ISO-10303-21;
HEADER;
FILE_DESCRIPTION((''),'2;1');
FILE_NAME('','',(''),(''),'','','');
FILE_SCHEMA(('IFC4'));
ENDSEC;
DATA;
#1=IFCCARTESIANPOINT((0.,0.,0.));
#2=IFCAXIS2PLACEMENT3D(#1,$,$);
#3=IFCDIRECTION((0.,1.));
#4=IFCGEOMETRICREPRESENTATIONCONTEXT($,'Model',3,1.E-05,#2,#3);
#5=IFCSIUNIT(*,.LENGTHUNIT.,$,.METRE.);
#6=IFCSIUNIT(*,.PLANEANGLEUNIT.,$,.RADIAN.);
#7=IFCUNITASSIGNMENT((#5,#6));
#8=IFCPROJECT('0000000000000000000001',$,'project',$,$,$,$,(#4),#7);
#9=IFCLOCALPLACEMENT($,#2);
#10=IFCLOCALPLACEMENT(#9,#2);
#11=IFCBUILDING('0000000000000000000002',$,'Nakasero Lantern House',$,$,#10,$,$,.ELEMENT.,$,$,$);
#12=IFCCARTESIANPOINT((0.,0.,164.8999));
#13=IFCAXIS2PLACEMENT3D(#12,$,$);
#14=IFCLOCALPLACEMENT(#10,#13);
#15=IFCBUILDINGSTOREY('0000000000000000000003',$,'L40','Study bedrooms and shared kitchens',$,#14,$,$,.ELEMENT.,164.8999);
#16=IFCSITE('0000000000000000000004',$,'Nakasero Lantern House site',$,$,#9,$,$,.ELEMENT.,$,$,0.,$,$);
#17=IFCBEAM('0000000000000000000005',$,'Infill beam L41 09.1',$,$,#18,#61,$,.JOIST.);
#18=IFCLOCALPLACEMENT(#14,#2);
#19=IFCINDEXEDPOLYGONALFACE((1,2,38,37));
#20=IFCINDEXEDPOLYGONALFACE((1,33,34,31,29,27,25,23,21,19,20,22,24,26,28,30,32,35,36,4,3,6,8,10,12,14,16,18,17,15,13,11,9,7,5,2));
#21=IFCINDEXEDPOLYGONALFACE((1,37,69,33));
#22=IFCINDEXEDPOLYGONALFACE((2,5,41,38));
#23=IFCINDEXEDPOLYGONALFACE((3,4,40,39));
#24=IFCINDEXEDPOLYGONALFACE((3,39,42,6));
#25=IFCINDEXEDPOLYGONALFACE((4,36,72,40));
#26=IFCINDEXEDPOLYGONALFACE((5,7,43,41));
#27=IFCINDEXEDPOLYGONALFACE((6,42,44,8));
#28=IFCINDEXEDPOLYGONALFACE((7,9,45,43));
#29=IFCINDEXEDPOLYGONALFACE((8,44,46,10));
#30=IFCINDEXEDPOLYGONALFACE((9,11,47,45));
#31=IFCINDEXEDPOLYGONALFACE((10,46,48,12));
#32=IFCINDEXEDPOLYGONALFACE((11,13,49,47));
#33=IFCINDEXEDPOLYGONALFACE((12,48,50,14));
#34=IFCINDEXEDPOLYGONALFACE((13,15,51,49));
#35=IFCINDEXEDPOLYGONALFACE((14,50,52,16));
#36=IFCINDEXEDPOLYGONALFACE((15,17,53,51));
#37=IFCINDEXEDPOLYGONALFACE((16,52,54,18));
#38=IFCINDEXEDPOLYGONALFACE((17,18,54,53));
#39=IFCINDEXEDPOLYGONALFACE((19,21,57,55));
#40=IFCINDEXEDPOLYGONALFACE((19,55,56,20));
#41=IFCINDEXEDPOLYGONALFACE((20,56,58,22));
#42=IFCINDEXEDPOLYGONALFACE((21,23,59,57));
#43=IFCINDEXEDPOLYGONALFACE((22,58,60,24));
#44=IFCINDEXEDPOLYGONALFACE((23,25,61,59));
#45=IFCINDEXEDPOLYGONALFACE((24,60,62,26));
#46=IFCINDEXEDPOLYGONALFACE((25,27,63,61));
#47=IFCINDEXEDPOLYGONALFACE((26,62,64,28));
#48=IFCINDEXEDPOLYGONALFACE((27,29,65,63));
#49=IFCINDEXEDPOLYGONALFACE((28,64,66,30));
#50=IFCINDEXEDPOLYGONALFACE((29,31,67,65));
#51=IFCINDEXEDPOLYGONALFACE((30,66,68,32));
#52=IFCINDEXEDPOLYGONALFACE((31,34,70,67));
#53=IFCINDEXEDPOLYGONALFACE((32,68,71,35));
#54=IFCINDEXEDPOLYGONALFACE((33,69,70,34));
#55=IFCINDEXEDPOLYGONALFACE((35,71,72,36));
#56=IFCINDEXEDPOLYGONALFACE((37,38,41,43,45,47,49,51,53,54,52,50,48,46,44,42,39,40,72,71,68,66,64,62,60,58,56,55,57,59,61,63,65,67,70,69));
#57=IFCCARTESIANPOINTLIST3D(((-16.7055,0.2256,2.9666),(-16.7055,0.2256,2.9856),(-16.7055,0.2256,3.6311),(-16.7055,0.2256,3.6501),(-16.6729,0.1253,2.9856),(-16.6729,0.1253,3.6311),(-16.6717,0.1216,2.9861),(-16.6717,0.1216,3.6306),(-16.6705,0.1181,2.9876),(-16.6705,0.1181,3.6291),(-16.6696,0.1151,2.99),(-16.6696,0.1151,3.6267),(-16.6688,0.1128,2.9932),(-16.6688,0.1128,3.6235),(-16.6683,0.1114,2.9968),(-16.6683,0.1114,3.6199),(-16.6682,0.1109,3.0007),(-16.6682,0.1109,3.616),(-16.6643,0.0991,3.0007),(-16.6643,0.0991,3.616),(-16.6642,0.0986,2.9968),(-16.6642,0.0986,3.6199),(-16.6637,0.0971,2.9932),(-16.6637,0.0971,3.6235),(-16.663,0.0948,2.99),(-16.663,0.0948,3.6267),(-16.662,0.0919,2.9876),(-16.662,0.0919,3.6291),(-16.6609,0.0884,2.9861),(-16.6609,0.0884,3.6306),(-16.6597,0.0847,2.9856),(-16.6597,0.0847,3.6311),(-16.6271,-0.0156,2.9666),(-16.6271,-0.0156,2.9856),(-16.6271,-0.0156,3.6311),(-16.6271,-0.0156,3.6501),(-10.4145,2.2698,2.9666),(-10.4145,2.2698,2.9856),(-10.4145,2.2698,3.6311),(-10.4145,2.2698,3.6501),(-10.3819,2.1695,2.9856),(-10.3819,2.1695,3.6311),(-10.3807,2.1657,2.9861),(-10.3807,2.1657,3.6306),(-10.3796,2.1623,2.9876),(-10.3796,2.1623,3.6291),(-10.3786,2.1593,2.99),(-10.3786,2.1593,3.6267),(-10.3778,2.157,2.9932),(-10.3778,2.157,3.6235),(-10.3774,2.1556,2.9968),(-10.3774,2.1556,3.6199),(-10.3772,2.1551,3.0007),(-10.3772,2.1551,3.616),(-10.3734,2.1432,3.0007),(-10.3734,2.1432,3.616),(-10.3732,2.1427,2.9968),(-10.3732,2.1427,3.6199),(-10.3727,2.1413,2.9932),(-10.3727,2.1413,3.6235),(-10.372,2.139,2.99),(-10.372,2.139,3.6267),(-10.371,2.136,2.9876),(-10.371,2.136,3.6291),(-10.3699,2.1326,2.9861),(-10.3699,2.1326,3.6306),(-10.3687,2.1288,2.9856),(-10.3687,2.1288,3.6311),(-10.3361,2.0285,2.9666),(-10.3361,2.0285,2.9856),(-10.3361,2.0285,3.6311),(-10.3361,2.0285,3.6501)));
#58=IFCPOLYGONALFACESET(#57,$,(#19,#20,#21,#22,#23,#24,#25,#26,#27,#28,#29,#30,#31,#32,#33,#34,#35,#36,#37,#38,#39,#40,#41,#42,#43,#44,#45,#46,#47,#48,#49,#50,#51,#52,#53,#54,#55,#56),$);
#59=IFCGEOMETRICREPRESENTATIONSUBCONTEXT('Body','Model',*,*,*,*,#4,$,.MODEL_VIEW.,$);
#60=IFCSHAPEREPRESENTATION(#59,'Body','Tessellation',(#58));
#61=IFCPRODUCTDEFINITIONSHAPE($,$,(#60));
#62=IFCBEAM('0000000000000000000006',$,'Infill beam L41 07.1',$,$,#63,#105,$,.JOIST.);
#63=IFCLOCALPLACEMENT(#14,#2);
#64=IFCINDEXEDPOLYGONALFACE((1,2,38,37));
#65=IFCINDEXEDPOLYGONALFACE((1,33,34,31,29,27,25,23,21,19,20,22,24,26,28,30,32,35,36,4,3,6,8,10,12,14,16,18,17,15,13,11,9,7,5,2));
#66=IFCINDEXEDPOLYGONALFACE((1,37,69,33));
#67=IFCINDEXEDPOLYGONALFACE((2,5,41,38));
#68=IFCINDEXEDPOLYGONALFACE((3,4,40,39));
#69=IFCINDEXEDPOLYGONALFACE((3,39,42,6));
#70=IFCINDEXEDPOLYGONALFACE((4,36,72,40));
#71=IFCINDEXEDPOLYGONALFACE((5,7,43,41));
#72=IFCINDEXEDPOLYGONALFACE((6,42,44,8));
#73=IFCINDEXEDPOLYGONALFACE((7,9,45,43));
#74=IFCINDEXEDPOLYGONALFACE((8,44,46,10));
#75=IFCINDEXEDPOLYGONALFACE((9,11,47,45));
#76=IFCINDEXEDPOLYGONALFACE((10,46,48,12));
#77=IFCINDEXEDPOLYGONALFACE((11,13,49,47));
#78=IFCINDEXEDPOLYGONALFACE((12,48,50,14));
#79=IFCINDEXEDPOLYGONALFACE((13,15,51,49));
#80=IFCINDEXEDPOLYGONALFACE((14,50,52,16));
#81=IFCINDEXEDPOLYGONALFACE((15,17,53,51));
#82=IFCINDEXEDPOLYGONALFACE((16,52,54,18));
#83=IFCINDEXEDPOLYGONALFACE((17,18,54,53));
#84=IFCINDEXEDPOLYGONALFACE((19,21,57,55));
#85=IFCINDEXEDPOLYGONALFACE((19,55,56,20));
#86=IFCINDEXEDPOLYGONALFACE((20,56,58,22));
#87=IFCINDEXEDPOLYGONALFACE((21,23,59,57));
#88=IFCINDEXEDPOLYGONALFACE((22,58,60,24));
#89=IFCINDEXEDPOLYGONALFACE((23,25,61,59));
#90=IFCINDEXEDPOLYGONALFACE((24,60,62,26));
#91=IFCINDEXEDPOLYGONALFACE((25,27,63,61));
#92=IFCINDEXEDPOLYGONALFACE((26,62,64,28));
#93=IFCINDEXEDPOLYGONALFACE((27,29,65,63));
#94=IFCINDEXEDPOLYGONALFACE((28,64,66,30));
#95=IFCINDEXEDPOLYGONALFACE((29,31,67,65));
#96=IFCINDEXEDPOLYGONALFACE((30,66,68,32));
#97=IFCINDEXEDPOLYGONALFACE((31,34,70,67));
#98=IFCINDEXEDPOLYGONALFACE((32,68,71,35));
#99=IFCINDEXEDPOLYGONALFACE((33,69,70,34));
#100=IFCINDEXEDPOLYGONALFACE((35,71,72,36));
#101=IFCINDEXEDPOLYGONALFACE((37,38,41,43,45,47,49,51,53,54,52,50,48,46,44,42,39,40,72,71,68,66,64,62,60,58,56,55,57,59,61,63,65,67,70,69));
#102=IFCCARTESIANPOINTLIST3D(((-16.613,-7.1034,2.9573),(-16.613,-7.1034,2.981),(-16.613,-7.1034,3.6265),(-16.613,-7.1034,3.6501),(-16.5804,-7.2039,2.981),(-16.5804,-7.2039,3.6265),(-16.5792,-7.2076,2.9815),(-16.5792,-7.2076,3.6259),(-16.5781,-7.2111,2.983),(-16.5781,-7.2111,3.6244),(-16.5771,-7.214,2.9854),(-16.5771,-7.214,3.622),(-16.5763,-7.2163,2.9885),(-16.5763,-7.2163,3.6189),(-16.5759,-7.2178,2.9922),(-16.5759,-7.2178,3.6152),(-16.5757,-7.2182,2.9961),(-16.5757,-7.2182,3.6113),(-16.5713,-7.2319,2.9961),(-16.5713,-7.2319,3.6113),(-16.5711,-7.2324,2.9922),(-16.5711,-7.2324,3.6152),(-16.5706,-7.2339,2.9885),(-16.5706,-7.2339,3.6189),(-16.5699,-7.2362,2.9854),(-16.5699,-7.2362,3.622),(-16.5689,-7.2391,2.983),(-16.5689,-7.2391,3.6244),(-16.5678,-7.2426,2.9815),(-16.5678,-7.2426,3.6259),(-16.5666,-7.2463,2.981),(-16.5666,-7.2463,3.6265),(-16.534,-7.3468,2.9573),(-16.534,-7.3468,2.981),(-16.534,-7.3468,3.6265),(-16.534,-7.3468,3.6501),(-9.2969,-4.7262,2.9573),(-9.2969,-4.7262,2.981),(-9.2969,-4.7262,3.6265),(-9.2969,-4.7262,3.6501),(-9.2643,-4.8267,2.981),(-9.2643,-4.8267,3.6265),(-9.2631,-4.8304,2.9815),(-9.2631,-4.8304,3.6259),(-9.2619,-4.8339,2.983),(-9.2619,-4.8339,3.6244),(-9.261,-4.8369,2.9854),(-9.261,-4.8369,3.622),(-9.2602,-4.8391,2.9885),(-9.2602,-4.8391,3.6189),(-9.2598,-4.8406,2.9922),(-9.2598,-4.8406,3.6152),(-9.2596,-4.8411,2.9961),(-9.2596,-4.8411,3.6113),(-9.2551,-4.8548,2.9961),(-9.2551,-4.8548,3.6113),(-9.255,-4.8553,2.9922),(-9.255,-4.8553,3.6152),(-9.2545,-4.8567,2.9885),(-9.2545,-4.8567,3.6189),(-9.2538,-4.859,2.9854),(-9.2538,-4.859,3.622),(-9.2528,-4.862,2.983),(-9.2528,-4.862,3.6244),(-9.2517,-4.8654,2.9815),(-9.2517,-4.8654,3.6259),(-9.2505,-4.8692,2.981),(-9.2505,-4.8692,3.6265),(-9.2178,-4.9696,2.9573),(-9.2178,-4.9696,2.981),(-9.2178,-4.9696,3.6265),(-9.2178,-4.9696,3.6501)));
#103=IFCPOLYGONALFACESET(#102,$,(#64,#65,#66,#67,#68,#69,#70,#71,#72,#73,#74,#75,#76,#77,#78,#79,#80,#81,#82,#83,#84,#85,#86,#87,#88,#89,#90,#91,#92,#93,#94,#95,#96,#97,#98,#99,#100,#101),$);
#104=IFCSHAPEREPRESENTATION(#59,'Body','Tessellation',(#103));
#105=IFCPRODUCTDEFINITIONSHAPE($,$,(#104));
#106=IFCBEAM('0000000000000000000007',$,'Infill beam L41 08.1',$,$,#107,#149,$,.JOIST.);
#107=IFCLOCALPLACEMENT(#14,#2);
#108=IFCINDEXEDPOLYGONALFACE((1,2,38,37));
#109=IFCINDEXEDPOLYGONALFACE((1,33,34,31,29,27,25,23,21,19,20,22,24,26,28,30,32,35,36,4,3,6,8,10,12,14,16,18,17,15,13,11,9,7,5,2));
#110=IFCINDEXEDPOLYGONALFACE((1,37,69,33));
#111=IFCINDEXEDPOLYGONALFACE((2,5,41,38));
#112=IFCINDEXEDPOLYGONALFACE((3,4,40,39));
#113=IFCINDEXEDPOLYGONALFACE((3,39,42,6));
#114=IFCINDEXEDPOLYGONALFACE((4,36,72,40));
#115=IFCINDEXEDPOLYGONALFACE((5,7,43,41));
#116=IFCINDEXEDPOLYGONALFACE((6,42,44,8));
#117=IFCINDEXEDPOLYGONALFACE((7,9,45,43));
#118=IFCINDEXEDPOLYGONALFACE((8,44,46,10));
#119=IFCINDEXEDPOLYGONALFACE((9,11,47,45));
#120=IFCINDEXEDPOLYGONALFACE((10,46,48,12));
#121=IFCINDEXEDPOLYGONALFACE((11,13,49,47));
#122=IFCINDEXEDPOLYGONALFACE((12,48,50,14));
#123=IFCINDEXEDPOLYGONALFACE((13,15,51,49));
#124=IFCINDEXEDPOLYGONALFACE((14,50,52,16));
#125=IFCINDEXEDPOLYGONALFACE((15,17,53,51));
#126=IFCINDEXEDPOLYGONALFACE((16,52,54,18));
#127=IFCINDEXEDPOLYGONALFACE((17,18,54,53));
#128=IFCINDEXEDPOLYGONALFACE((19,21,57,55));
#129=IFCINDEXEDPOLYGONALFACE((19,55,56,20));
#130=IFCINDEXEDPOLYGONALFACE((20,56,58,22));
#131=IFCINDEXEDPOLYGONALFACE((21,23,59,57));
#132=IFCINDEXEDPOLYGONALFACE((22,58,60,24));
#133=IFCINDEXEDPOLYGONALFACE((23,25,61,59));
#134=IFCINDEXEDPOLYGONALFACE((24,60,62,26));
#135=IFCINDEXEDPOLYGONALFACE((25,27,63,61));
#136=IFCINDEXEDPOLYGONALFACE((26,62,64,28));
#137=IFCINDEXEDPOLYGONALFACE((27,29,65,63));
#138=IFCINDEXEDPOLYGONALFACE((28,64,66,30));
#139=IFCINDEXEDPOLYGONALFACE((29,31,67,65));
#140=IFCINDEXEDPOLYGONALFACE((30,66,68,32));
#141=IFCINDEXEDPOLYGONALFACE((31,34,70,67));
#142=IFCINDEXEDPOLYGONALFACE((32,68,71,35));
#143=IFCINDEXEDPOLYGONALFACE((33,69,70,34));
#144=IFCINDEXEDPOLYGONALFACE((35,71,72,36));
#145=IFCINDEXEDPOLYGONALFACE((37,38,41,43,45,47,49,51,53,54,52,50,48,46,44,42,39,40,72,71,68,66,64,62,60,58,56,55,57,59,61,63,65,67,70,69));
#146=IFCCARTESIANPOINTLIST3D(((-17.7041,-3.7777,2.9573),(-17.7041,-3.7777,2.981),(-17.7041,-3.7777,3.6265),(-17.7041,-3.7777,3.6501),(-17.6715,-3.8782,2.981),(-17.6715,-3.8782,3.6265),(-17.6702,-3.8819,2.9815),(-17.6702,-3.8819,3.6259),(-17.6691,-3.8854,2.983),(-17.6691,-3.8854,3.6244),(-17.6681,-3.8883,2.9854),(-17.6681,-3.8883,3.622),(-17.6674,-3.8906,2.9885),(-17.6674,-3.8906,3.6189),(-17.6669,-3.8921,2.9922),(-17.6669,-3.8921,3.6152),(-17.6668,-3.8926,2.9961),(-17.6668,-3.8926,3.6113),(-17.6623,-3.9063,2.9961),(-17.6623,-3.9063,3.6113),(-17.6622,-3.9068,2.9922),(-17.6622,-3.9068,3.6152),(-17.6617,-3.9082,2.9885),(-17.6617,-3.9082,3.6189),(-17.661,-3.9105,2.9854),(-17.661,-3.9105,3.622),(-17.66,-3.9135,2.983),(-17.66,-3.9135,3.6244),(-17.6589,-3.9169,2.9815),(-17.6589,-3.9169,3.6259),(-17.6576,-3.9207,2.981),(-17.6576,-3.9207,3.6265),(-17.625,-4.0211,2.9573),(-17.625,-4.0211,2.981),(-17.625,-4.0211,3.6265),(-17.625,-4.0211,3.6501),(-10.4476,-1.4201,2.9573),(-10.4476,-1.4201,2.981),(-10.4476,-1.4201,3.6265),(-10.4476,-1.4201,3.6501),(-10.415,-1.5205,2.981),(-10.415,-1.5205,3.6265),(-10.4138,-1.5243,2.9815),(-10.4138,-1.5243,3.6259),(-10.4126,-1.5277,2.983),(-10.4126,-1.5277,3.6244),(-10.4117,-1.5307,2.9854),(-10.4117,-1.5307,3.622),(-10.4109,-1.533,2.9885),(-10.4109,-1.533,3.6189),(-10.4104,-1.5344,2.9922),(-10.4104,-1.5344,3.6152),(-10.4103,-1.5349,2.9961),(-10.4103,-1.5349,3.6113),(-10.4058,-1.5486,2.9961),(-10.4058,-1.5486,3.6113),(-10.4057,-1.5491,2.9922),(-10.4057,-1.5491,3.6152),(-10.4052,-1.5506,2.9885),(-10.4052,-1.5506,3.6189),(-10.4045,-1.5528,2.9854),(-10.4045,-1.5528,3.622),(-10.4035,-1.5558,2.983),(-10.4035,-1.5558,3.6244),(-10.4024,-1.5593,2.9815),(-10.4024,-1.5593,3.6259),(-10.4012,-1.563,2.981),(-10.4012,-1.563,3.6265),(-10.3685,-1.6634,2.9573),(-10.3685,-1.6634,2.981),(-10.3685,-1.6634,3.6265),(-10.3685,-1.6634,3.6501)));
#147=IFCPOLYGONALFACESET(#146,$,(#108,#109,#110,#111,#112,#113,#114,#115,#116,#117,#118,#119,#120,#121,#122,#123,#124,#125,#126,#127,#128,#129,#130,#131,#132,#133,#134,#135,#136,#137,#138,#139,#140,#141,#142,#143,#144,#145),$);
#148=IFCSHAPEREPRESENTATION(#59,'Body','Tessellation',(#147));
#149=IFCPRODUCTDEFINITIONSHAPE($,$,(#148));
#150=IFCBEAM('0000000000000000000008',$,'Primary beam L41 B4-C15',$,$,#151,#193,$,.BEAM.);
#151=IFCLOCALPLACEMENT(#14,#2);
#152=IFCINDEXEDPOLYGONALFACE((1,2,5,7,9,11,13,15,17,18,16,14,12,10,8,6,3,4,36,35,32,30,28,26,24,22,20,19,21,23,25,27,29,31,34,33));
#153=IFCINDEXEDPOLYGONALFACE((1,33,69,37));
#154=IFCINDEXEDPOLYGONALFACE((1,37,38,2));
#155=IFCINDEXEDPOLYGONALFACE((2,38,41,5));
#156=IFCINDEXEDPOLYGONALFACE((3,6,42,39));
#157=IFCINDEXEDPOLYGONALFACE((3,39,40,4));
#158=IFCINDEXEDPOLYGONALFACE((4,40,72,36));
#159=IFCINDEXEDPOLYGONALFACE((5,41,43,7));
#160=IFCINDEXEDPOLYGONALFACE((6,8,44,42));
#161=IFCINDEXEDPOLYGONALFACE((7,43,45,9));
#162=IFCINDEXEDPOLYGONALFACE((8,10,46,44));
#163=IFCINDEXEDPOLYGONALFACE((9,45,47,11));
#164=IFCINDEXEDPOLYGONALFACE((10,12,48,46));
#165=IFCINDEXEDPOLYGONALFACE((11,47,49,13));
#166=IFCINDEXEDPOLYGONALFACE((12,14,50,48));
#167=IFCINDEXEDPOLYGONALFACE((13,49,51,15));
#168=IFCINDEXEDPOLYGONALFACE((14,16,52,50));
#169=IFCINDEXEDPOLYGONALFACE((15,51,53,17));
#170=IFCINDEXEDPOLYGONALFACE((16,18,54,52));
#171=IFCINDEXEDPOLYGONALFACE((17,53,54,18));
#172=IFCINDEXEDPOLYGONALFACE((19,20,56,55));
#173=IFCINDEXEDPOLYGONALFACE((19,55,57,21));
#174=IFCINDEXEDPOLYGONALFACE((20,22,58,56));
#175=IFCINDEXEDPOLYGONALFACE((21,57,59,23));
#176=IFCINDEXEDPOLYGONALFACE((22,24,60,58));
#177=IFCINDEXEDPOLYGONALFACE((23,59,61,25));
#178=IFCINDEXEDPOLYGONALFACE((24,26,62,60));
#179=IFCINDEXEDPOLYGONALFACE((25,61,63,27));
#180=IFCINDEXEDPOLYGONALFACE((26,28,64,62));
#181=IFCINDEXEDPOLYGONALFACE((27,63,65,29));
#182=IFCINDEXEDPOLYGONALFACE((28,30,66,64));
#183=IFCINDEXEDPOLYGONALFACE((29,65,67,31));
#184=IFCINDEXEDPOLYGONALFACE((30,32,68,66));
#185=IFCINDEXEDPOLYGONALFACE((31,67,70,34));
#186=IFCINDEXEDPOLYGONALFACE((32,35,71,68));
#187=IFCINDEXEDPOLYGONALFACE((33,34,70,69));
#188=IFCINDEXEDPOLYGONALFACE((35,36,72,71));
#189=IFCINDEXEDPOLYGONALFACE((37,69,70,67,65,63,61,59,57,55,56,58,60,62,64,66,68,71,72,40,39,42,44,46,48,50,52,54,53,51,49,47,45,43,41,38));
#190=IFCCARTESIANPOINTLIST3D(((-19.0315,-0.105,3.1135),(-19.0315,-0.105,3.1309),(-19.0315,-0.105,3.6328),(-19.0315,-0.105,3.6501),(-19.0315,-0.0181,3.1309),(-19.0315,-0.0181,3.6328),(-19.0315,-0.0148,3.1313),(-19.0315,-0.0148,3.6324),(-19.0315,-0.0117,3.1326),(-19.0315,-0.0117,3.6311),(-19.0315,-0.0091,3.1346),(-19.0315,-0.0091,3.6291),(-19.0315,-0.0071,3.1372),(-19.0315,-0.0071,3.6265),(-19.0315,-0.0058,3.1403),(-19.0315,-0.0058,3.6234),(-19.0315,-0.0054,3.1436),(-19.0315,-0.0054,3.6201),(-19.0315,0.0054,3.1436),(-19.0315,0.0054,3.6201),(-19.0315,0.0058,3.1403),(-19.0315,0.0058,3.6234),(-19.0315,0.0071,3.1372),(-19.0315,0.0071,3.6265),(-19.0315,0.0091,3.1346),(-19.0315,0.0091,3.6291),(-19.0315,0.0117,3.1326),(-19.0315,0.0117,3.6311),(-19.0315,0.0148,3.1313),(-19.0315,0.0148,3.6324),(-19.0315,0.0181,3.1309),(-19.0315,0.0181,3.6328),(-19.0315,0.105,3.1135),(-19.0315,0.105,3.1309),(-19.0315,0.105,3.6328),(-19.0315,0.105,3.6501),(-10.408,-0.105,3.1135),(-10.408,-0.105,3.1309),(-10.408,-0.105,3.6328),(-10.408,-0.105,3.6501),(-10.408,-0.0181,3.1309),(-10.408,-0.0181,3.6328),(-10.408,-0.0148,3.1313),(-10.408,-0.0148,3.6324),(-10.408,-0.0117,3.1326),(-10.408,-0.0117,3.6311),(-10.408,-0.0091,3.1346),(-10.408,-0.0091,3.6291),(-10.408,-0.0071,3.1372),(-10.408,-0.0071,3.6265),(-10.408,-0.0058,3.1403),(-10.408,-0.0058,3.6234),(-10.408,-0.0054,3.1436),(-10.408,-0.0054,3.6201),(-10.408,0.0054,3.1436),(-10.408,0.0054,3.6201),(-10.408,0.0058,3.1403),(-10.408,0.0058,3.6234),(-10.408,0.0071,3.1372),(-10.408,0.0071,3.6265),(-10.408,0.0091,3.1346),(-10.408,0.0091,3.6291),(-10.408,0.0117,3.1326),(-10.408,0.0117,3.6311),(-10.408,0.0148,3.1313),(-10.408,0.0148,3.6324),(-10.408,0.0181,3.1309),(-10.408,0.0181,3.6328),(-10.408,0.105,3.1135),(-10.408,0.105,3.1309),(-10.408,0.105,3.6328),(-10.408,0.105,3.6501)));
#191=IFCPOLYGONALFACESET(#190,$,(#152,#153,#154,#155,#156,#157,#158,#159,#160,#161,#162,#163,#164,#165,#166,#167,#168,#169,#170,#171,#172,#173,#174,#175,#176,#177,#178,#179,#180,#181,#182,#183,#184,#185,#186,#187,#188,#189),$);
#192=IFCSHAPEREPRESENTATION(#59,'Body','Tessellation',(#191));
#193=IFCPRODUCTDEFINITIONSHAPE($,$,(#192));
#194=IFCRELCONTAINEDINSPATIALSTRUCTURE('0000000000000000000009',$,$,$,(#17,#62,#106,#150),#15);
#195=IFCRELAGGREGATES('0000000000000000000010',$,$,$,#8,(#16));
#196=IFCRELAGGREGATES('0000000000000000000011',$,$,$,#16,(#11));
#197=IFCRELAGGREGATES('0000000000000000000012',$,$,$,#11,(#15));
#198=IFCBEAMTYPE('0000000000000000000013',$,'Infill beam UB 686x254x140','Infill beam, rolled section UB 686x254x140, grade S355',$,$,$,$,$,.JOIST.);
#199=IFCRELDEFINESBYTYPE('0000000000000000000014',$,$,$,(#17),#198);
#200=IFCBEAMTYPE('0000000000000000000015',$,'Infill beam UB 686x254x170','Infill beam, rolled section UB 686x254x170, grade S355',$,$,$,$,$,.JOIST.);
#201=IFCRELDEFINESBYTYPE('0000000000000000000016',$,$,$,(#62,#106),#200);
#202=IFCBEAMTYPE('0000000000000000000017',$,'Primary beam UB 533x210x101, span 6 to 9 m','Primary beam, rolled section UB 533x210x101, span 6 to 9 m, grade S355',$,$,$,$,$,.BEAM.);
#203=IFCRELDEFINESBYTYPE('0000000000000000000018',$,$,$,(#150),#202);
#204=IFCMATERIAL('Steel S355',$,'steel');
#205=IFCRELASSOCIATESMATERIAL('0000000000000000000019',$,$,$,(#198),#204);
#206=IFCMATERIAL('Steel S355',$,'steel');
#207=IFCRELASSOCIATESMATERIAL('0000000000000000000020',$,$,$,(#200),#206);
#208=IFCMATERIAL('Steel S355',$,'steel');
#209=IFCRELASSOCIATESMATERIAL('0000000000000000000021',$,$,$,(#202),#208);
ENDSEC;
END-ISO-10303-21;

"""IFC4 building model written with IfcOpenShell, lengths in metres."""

from ifc_helpers import new_model, si_unit, direction, frame, origin, origin_2d, place, context, subcontext, project, spatial, i_section, extrude, material, material_profile, profile_set, type_object, element, save


model = new_model("IFC4")

# Units and contexts
model_context = context("Model", 3, precision=1e-05, world=origin(), true_north=direction((0.0, 1.0)))
body_context = subcontext(model_context, "Body", "Model", "MODEL_VIEW")
ifc_project = project(units=[si_unit("LENGTHUNIT", "METRE"), si_unit("PLANEANGLEUNIT", "RADIAN")], contexts=[model_context])

# Site, building, storey
site_placement = place(None, origin())
site = spatial("IfcSite", under=ifc_project, at=site_placement, Name="Nakasero Lantern House site", CompositionType="ELEMENT", RefElevation=0.0)
building_placement = place(site_placement, origin())
building = spatial("IfcBuilding", under=site, at=building_placement, Name="Nakasero Lantern House", CompositionType="ELEMENT")
storey_placement = place(building_placement, frame((0.0, 0.0, 164.8999)))
storey = spatial("IfcBuildingStorey", under=building, at=storey_placement, Name="L40", Description="Study bedrooms and shared kitchens", CompositionType="ELEMENT", Elevation=164.8999)

# Beams
ifc_material_1 = material(Name="Steel S355", Category="steel")
ifc_material_profile_1 = material_profile(ifc_material_1, i_section(OverallWidth=0.2537, OverallDepth=0.6836, WebThickness=0.0125, FlangeThickness=0.019, FilletRadius=0.0151, at=origin_2d()), Name="UB 686x254x140")
ifc_profile_set_1 = profile_set([ifc_material_profile_1], Name="Steel S355")
beam_type_1 = type_object("IfcBeamType", Name="Infill beam UB 686x254x140", Description="Infill beam, rolled section UB 686x254x140, grade S355", PredefinedType="JOIST", material=ifc_profile_set_1)
beam_1_placement = place(storey_placement, frame((-16.6663, 0.105, 3.3083), z_axis=(0.951051, 0.309033, 0.0), x_axis=(-0.309033, 0.951051, 0.0)))
element("IfcBeam", 1, at=beam_1_placement, inside=storey, type_object=beam_type_1, Name="Infill beam L41 09.1", PredefinedType="JOIST", context=body_context, shape_type="SweptSolid", body=[
    extrude(i_section(OverallWidth=0.2537, OverallDepth=0.6836, WebThickness=0.0125, FlangeThickness=0.019, FilletRadius=0.0151, at=origin_2d()), origin(), (0.0, 0.0, 1.0), 6.6147),
])
ifc_material_2 = material(Name="Steel S355", Category="steel")
ifc_material_profile_2 = material_profile(ifc_material_2, i_section(OverallWidth=0.2559, OverallDepth=0.6929, WebThickness=0.0144, FlangeThickness=0.0237, FilletRadius=0.0151, at=origin_2d()), Name="UB 686x254x170")
ifc_profile_set_2 = profile_set([ifc_material_profile_2], Name="Steel S355")
beam_type_2 = type_object("IfcBeamType", Name="Infill beam UB 686x254x170", Description="Infill beam, rolled section UB 686x254x170, grade S355", PredefinedType="JOIST", material=ifc_profile_set_2)
beam_2_placement = place(storey_placement, frame((-16.5735, -7.2251, 3.3037), z_axis=(0.951055, 0.309021, 0.0), x_axis=(-0.309021, 0.951055, 0.0)))
element("IfcBeam", 2, at=beam_2_placement, inside=storey, type_object=beam_type_2, Name="Infill beam L41 07.1", PredefinedType="JOIST", context=body_context, shape_type="SweptSolid", body=[
    extrude(i_section(OverallWidth=0.2559, OverallDepth=0.6929, WebThickness=0.0144, FlangeThickness=0.0237, FilletRadius=0.0151, at=origin_2d()), origin(), (0.0, 0.0, 1.0), 7.6926),
])
beam_3_placement = place(storey_placement, frame((-17.6646, -3.8994, 3.3037), z_axis=(0.951062, 0.309, 0.0), x_axis=(-0.309, 0.951062, 0.0)))
element("IfcBeam", 3, at=beam_3_placement, inside=storey, type_object=beam_type_2, Name="Infill beam L41 08.1", PredefinedType="JOIST", context=body_context, shape_type="SweptSolid", body=[
    extrude(i_section(OverallWidth=0.2559, OverallDepth=0.6929, WebThickness=0.0144, FlangeThickness=0.0237, FilletRadius=0.0151, at=origin_2d()), origin(), (0.0, 0.0, 1.0), 7.6299),
])
ifc_material_3 = material(Name="Steel S355", Category="steel")
ifc_material_profile_3 = material_profile(ifc_material_3, i_section(OverallWidth=0.21, OverallDepth=0.5366, WebThickness=0.0107, FlangeThickness=0.0173, FilletRadius=0.0127, at=origin_2d()), Name="UB 533x210x101")
ifc_profile_set_3 = profile_set([ifc_material_profile_3], Name="Steel S355")
beam_type_3 = type_object("IfcBeamType", Name="Primary beam UB 533x210x101, span 6 to 9 m", Description="Primary beam, rolled section UB 533x210x101, span 6 to 9 m, grade S355", PredefinedType="BEAM", material=ifc_profile_set_3)
beam_4_placement = place(storey_placement, frame((-19.0315, 0.0, 3.3818), z_axis=(1.0, 0.0, 0.0), x_axis=(0.0, 1.0, 0.0)))
element("IfcBeam", 4, at=beam_4_placement, inside=storey, type_object=beam_type_3, Name="Primary beam L41 B4-C15", PredefinedType="BEAM", context=body_context, shape_type="SweptSolid", body=[
    extrude(i_section(OverallWidth=0.21, OverallDepth=0.5366, WebThickness=0.0107, FlangeThickness=0.0173, FilletRadius=0.0127, at=origin_2d()), origin(), (0.0, 0.0, 1.0), 8.6235),
])

save(model, "model.ifc")
